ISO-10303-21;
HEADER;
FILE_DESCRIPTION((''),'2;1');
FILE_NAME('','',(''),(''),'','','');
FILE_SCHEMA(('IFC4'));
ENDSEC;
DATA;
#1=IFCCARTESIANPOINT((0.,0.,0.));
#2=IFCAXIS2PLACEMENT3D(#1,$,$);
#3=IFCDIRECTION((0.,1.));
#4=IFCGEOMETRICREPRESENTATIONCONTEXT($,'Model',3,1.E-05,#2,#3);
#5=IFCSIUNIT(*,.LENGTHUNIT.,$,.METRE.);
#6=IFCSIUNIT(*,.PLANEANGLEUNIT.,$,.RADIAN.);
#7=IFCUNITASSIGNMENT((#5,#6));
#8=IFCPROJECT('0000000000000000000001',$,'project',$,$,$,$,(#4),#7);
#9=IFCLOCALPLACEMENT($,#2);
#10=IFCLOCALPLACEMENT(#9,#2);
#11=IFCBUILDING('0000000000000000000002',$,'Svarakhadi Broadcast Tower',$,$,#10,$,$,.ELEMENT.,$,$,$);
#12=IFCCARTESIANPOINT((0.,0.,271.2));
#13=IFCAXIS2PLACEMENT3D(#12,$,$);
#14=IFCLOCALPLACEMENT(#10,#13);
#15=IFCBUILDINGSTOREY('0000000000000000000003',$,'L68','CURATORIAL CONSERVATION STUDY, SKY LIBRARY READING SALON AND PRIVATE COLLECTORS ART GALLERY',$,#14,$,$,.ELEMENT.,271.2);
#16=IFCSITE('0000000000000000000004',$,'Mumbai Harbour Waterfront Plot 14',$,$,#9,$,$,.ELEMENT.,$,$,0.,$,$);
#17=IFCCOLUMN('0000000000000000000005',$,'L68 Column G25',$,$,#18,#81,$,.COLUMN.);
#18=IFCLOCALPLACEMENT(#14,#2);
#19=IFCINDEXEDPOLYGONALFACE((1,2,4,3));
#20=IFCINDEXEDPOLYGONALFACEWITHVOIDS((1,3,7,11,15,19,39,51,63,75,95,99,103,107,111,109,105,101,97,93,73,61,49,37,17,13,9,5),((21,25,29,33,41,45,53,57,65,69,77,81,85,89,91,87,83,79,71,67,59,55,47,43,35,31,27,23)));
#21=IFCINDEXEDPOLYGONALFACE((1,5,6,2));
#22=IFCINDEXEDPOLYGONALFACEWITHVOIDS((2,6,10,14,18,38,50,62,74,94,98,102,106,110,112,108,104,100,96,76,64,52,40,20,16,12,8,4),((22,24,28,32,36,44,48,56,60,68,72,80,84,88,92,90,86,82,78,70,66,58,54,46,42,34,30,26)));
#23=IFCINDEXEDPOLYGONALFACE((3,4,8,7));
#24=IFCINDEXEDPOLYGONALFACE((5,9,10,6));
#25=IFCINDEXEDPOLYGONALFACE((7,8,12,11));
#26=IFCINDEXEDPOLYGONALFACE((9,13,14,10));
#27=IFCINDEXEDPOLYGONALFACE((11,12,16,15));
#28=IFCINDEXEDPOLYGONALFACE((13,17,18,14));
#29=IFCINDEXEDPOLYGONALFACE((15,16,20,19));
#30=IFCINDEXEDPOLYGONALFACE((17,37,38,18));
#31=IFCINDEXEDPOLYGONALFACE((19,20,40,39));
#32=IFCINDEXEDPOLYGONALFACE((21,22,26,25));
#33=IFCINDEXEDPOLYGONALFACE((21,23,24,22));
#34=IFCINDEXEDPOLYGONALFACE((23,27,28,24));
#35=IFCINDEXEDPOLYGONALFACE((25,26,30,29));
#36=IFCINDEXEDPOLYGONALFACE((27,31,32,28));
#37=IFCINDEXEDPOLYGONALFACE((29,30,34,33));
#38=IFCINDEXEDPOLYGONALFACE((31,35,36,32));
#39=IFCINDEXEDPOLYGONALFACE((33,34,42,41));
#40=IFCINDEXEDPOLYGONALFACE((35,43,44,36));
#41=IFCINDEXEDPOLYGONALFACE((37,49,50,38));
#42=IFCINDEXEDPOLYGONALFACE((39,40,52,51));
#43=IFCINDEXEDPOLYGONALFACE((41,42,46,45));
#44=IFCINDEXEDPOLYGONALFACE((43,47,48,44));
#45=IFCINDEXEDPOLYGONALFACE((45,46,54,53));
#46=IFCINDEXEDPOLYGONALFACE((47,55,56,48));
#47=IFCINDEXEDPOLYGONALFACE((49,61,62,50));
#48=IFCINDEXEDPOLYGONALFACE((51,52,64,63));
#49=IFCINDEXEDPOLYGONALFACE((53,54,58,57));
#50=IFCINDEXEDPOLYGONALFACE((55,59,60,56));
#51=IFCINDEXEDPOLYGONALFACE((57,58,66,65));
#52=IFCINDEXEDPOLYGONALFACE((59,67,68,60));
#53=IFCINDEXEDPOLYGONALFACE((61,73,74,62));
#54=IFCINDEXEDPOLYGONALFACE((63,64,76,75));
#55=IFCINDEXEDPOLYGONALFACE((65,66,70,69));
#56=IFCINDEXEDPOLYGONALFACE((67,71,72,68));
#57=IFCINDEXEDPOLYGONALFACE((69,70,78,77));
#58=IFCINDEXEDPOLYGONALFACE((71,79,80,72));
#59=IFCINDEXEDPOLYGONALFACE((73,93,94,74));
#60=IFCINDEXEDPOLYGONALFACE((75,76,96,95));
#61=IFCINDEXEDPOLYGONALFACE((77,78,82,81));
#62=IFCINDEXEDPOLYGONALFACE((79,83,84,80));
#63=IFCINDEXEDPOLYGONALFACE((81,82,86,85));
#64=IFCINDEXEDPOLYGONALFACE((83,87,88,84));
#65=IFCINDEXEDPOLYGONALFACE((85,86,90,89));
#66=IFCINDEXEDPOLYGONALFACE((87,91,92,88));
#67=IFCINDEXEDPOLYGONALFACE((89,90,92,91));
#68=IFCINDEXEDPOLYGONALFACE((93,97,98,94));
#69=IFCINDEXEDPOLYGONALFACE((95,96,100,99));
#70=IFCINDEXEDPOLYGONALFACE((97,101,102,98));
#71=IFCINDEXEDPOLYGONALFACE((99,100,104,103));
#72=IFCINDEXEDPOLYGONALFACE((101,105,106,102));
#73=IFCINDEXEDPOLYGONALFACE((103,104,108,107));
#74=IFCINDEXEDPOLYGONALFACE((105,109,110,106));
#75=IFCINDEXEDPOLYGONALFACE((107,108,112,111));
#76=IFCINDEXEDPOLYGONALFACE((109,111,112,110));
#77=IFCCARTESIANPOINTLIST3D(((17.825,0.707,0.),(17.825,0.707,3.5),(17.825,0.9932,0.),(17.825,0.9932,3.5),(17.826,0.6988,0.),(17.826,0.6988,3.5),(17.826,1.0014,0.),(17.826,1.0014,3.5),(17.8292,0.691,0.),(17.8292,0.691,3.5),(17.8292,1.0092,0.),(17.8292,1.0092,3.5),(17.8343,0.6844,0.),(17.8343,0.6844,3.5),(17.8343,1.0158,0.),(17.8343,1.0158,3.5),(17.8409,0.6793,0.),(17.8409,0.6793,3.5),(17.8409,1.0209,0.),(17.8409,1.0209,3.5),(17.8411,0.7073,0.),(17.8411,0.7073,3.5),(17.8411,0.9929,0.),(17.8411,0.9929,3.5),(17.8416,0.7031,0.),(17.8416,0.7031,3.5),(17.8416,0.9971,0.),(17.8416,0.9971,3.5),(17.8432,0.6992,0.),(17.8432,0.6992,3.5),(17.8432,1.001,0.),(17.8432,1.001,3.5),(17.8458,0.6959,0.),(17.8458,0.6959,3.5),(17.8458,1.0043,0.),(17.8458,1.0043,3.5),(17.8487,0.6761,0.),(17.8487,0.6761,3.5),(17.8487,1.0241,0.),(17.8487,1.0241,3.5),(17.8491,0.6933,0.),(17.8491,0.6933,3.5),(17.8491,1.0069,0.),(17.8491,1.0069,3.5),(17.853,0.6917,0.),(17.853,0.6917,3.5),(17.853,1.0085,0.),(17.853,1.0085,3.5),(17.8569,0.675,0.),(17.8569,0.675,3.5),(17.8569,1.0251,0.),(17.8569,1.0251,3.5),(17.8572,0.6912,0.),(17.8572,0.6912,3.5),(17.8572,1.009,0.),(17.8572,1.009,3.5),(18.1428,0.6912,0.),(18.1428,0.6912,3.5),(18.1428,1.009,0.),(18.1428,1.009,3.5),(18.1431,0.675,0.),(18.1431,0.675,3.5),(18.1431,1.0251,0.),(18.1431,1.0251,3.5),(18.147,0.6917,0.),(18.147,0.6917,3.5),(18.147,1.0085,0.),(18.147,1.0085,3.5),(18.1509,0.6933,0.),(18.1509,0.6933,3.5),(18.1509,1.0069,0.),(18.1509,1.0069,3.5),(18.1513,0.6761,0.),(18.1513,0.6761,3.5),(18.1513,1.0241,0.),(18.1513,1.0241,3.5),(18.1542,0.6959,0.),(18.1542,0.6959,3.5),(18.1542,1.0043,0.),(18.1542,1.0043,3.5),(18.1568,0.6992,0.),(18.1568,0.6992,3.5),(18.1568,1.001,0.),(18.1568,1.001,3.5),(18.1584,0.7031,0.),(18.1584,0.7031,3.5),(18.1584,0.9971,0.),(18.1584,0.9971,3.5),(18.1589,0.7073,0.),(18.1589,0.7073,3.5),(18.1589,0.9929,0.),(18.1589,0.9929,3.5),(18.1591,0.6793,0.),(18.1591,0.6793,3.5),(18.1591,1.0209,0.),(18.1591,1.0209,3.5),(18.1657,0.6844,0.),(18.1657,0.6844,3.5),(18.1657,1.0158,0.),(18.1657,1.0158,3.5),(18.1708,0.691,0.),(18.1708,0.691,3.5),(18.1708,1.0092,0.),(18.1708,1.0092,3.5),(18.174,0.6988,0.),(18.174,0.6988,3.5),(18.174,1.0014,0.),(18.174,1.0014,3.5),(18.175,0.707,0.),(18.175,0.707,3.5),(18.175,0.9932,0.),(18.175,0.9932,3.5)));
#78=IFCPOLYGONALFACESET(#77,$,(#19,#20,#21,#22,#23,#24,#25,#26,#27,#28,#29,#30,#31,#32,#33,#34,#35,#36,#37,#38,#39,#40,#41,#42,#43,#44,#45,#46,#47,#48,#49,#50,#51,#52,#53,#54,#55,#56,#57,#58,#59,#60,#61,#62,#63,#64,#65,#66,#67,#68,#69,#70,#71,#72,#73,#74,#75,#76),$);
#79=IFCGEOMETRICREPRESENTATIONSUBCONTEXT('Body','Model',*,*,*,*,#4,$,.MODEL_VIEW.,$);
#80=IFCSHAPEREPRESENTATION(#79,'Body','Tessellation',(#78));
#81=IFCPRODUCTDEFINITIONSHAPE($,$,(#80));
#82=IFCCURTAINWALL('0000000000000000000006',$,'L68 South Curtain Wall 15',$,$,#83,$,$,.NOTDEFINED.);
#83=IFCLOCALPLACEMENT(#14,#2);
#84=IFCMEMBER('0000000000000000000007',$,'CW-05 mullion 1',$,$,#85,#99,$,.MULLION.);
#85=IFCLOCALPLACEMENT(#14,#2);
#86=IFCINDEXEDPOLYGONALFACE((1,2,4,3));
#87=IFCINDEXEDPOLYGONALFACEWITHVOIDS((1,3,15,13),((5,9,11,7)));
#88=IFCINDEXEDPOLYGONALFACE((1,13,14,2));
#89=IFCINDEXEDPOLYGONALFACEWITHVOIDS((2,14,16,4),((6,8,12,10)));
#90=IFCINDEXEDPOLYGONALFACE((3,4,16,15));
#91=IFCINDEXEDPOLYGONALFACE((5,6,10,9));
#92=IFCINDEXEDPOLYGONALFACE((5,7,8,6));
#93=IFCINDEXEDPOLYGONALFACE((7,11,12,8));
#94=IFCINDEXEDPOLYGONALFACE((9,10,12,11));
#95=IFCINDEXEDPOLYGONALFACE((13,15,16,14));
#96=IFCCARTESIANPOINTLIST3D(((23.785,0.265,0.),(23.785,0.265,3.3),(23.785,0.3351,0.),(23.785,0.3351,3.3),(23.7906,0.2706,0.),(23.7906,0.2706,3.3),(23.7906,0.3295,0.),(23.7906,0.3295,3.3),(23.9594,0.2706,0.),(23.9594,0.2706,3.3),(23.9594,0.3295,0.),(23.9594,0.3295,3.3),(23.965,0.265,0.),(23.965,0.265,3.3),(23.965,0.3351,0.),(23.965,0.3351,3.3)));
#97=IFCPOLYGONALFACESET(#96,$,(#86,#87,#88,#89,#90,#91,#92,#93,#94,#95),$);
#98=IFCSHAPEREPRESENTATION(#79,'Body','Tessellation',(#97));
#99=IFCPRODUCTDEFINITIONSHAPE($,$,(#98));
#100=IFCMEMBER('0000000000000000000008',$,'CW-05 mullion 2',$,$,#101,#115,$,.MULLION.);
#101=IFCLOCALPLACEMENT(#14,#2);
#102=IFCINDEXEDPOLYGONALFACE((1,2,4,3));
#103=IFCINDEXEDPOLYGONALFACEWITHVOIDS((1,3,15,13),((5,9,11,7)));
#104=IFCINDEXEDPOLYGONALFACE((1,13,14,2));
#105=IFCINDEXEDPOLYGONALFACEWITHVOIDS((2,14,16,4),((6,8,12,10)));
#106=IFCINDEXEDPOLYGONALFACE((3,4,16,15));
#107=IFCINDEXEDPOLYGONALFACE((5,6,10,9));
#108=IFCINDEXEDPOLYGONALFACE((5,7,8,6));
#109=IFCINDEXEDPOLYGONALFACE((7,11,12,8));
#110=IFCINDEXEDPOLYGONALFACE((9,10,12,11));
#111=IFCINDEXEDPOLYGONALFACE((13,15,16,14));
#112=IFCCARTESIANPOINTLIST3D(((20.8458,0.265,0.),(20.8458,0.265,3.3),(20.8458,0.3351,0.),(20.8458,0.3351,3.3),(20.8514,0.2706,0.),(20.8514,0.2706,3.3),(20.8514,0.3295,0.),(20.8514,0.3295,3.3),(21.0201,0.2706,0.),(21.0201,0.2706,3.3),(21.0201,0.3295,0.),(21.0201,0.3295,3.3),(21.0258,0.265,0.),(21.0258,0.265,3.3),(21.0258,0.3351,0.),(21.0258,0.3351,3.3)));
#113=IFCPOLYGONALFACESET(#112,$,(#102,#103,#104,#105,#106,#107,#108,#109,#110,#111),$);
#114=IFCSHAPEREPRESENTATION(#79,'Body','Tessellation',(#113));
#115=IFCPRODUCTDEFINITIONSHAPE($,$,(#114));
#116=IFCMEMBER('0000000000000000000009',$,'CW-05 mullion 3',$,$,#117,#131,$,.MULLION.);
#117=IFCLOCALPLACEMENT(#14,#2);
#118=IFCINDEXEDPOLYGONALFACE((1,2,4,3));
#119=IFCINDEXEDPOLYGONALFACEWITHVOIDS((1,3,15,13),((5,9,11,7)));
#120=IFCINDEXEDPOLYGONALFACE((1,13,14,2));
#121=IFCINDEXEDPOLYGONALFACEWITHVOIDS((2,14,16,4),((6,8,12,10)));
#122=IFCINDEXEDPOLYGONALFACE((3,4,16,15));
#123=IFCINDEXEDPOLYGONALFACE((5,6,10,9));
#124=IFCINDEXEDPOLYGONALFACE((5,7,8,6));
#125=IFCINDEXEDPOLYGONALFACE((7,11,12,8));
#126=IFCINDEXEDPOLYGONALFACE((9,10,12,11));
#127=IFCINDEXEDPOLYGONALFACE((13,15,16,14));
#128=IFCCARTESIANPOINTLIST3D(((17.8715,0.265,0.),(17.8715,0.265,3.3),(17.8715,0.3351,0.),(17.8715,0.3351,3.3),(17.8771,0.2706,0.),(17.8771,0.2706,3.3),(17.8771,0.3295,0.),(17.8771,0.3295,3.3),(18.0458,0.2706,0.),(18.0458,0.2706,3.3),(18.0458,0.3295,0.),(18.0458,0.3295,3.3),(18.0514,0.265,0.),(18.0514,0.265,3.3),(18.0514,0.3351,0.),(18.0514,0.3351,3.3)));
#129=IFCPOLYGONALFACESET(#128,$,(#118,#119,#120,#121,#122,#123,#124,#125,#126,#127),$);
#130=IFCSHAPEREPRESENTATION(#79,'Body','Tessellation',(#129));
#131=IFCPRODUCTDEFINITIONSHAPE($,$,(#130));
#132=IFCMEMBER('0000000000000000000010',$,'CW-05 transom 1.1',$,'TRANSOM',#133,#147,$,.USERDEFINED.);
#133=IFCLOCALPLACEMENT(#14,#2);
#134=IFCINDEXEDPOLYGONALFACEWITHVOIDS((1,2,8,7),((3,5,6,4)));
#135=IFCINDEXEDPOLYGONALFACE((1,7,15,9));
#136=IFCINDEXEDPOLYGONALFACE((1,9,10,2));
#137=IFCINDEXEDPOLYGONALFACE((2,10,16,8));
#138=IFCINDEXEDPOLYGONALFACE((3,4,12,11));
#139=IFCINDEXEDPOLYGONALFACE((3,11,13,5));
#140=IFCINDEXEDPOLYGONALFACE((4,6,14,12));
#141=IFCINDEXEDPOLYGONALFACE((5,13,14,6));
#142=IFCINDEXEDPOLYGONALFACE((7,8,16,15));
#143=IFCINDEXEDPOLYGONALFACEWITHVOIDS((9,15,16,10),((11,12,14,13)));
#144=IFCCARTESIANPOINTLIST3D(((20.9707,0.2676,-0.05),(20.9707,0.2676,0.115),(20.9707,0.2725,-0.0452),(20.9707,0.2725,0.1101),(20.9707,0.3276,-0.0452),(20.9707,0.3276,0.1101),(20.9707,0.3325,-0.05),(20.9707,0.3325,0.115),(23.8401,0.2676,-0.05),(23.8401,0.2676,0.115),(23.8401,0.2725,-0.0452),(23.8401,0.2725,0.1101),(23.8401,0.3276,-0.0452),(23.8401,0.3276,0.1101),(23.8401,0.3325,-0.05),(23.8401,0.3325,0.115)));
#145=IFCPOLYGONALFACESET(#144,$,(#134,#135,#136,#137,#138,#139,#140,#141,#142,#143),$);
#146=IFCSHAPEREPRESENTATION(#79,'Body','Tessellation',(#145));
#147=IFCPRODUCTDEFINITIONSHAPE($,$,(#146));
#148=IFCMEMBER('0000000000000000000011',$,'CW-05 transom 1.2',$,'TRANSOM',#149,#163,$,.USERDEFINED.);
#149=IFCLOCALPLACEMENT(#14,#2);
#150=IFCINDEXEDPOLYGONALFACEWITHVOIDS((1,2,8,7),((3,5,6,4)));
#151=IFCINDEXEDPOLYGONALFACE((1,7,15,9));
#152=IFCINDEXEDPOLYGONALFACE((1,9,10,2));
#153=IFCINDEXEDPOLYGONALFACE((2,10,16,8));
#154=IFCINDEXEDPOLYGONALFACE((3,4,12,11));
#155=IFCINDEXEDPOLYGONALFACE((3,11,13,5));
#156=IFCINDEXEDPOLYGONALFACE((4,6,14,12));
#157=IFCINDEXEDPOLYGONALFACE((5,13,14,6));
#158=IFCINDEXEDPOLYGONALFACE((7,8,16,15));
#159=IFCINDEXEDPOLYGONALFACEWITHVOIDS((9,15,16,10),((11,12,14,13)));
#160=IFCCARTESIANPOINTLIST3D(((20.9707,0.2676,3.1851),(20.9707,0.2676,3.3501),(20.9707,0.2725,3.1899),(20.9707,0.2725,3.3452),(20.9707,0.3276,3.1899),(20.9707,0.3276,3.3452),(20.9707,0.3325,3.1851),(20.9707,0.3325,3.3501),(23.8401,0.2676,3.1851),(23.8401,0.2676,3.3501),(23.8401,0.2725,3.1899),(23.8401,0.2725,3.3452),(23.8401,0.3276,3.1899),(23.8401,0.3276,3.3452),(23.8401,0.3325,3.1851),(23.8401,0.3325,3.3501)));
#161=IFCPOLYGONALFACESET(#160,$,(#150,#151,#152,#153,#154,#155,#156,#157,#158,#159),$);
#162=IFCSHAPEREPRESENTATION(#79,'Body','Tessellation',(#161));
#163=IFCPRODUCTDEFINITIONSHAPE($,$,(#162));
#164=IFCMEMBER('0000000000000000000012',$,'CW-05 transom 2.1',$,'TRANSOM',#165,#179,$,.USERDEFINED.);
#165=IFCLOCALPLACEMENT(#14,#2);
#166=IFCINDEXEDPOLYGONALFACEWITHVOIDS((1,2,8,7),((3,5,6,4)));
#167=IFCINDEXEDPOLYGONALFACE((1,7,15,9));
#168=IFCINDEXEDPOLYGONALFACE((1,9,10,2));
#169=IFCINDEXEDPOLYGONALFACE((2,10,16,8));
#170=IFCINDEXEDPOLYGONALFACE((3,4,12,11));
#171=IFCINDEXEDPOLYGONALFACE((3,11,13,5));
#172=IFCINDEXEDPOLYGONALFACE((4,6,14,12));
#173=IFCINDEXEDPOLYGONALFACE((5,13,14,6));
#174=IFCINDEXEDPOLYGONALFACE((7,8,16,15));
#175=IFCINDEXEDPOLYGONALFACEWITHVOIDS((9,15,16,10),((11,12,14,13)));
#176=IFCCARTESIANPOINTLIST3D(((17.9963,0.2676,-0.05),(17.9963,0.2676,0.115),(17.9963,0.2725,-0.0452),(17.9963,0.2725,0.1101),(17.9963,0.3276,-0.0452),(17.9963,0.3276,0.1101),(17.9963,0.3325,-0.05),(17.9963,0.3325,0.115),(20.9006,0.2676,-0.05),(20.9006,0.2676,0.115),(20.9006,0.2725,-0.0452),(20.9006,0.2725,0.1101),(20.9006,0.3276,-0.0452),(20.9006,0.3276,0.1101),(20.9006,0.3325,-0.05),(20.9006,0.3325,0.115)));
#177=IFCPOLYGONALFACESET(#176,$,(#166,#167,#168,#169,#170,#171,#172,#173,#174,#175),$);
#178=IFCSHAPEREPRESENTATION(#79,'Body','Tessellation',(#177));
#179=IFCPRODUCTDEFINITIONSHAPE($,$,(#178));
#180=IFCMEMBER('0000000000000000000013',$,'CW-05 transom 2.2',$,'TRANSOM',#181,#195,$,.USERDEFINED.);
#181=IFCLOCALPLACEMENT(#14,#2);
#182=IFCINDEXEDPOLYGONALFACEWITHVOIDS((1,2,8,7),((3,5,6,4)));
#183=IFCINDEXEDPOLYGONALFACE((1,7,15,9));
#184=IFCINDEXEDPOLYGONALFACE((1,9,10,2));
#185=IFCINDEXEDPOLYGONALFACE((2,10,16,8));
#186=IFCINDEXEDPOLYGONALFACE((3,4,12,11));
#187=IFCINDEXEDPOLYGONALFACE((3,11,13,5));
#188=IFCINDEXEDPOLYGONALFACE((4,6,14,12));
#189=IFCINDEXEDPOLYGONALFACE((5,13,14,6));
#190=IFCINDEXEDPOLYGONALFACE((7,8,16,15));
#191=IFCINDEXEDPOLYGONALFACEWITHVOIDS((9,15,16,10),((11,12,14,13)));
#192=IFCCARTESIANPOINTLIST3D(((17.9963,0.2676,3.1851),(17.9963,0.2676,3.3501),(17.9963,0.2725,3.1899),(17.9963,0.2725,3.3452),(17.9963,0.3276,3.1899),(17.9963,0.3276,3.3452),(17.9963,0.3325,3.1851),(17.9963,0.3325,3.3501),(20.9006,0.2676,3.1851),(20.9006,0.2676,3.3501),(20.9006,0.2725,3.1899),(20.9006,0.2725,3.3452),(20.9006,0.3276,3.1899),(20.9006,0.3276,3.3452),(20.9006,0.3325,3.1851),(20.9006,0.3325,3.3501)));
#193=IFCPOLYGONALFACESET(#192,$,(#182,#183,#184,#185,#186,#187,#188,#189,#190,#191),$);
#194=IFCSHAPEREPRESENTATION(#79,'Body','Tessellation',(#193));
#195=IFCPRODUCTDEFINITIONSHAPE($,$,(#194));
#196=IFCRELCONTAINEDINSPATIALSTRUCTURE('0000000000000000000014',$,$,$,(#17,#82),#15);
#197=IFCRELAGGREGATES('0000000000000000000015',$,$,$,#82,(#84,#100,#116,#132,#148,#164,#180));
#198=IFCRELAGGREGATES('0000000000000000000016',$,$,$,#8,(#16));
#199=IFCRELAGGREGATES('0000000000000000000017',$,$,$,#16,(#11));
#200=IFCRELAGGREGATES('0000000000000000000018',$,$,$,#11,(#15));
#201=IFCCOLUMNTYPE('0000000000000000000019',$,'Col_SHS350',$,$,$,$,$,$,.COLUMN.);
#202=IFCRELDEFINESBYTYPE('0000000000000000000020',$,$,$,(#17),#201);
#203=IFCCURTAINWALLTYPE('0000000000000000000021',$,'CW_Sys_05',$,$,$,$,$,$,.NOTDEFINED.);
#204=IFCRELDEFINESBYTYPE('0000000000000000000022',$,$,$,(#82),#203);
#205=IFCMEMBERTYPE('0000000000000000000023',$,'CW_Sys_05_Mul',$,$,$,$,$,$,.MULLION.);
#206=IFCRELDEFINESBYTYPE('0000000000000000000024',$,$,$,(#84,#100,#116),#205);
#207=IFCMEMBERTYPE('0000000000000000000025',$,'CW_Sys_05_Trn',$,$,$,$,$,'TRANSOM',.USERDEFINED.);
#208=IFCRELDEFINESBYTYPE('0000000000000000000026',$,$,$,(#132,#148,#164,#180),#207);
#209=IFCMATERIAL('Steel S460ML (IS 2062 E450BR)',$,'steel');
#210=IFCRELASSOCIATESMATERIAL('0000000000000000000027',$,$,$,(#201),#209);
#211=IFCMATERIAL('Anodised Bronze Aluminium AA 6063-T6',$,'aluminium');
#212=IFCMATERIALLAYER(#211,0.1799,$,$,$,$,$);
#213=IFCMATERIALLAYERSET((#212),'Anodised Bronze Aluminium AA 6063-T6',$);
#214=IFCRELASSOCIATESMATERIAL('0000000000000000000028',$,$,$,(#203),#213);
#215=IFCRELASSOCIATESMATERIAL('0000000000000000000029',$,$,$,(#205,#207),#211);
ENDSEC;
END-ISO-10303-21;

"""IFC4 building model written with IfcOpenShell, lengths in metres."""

from ifc_helpers import new_model, si_unit, direction, frame, origin, origin_2d, place, context, subcontext, project, spatial, hollow_rectangle, extrude, material, layer, layer_set, material_profile, profile_set, type_object, element, aggregate, save


model = new_model("IFC4")

# Units and contexts
model_context = context("Model", 3, precision=1e-05, world=origin(), true_north=direction((0.0, 1.0)))
body_context = subcontext(model_context, "Body", "Model", "MODEL_VIEW")
ifc_project = project(units=[si_unit("LENGTHUNIT", "METRE"), si_unit("PLANEANGLEUNIT", "RADIAN")], contexts=[model_context])

# Site, building, storey
site_placement = place(None, origin())
site = spatial("IfcSite", under=ifc_project, at=site_placement, Name="Mumbai Harbour Waterfront Plot 14", CompositionType="ELEMENT", RefElevation=0.0)
building_placement = place(site_placement, origin())
building = spatial("IfcBuilding", under=site, at=building_placement, Name="Svarakhadi Broadcast Tower", CompositionType="ELEMENT")
storey_placement = place(building_placement, frame((0.0, 0.0, 271.2)))
storey = spatial("IfcBuildingStorey", under=building, at=storey_placement, Name="L68", Description="CURATORIAL CONSERVATION STUDY, SKY LIBRARY READING SALON AND PRIVATE COLLECTORS ART GALLERY", CompositionType="ELEMENT", Elevation=271.2)

# Column
ifc_material_1 = material(Name="Steel S460ML (IS 2062 E450BR)", Category="steel")
ifc_material_profile_1 = material_profile(ifc_material_1, hollow_rectangle(XDim=0.3501, YDim=0.3501, WallThickness=0.0161, InnerFilletRadius=0.0161, OuterFilletRadius=0.032, at=origin_2d()), Name="SHS 350x350x16")
ifc_profile_set_1 = profile_set([ifc_material_profile_1], Name="Steel S460ML (IS 2062 E450BR)")
column_type = type_object("IfcColumnType", Name="Col_SHS350", PredefinedType="COLUMN", material=ifc_profile_set_1)
column_placement = place(storey_placement, frame((18.0, 0.8501, 0.0), z_axis=(0.0, 0.0, 1.0), x_axis=(1.0, 0.0, 0.0)))
element("IfcColumn", 1, at=column_placement, inside=storey, type_object=column_type, Name="L68 Column G25", PredefinedType="COLUMN", context=body_context, shape_type="SweptSolid", body=[
    extrude(hollow_rectangle(XDim=0.3501, YDim=0.3501, WallThickness=0.0161, InnerFilletRadius=0.0161, OuterFilletRadius=0.032, at=origin_2d()), origin(), (0.0, 0.0, 1.0), 3.5),
])

# Curtain wall, members
ifc_material_2 = material(Name="Anodised Bronze Aluminium AA 6063-T6", Category="aluminium")
ifc_layer_1 = layer(ifc_material_2, 0.1799)
ifc_layer_set_1 = layer_set([ifc_layer_1], Name="Anodised Bronze Aluminium AA 6063-T6")
curtain_wall_type = type_object("IfcCurtainWallType", Name="CW_Sys_05", PredefinedType="NOTDEFINED", material=ifc_layer_set_1)
curtain_wall_placement = place(storey_placement, origin())
curtain_wall = element("IfcCurtainWall", 2, at=curtain_wall_placement, inside=storey, type_object=curtain_wall_type, Name="L68 South Curtain Wall 15", PredefinedType="NOTDEFINED")
ifc_material_profile_2 = material_profile(ifc_material_2, hollow_rectangle(XDim=0.0701, YDim=0.1799, WallThickness=0.0056, at=origin_2d()), Name="ALU MULLION 180x70x6")
ifc_profile_set_2 = profile_set([ifc_material_profile_2], Name="Anodised Bronze Aluminium AA 6063-T6")
member_type_1 = type_object("IfcMemberType", Name="CW_Sys_05_Mul", PredefinedType="MULLION", material=ifc_profile_set_2)
member_1_placement = place(storey_placement, frame((23.875, 0.3, 0.0), z_axis=(0.0, 0.0, 1.0), x_axis=(0.0, -1.0, 0.0)))
member_1 = element("IfcMember", 3, at=member_1_placement, type_object=member_type_1, Name="CW-05 mullion 1", PredefinedType="MULLION", context=body_context, shape_type="SweptSolid", body=[
    extrude(hollow_rectangle(XDim=0.0701, YDim=0.1799, WallThickness=0.0056, at=origin_2d()), origin(), (0.0, 0.0, 1.0), 3.3),
])
member_2_placement = place(storey_placement, frame((20.9358, 0.3, 0.0), z_axis=(0.0, 0.0, 1.0), x_axis=(0.0, -1.0, 0.0)))
member_2 = element("IfcMember", 4, at=member_2_placement, type_object=member_type_1, Name="CW-05 mullion 2", PredefinedType="MULLION", context=body_context, shape_type="SweptSolid", body=[
    extrude(hollow_rectangle(XDim=0.0701, YDim=0.1799, WallThickness=0.0056, at=origin_2d()), origin(), (0.0, 0.0, 1.0), 3.3),
])
member_3_placement = place(storey_placement, frame((17.9614, 0.3, 0.0), z_axis=(0.0, 0.0, 1.0), x_axis=(0.0, -1.0, 0.0)))
member_3 = element("IfcMember", 5, at=member_3_placement, type_object=member_type_1, Name="CW-05 mullion 3", PredefinedType="MULLION", context=body_context, shape_type="SweptSolid", body=[
    extrude(hollow_rectangle(XDim=0.0701, YDim=0.1799, WallThickness=0.0056, at=origin_2d()), origin(), (0.0, 0.0, 1.0), 3.3),
])
ifc_material_profile_3 = material_profile(ifc_material_2, hollow_rectangle(XDim=0.0649, YDim=0.165, WallThickness=0.0049, at=origin_2d()), Name="ALU TRANSOM 165x65x5")
ifc_profile_set_3 = profile_set([ifc_material_profile_3], Name="Anodised Bronze Aluminium AA 6063-T6")
member_type_2 = type_object("IfcMemberType", Name="CW_Sys_05_Trn", ElementType="TRANSOM", PredefinedType="USERDEFINED", material=ifc_profile_set_3)
member_4_placement = place(storey_placement, frame((23.8401, 0.3, 0.0325), z_axis=(-1.0, 0.0, 0.0), x_axis=(0.0, -1.0, 0.0)))
member_4 = element("IfcMember", 6, at=member_4_placement, type_object=member_type_2, Name="CW-05 transom 1.1", ObjectType="TRANSOM", PredefinedType="USERDEFINED", context=body_context, shape_type="SweptSolid", body=[
    extrude(hollow_rectangle(XDim=0.0649, YDim=0.165, WallThickness=0.0049, at=origin_2d()), origin(), (0.0, 0.0, 1.0), 2.8694),
])
member_5_placement = place(storey_placement, frame((23.8401, 0.3, 3.2676), z_axis=(-1.0, 0.0, 0.0), x_axis=(0.0, -1.0, 0.0)))
member_5 = element("IfcMember", 7, at=member_5_placement, type_object=member_type_2, Name="CW-05 transom 1.2", ObjectType="TRANSOM", PredefinedType="USERDEFINED", context=body_context, shape_type="SweptSolid", body=[
    extrude(hollow_rectangle(XDim=0.0649, YDim=0.165, WallThickness=0.0049, at=origin_2d()), origin(), (0.0, 0.0, 1.0), 2.8694),
])
member_6_placement = place(storey_placement, frame((20.9006, 0.3, 0.0325), z_axis=(-1.0, 0.0, 0.0), x_axis=(0.0, -1.0, 0.0)))
member_6 = element("IfcMember", 8, at=member_6_placement, type_object=member_type_2, Name="CW-05 transom 2.1", ObjectType="TRANSOM", PredefinedType="USERDEFINED", context=body_context, shape_type="SweptSolid", body=[
    extrude(hollow_rectangle(XDim=0.0649, YDim=0.165, WallThickness=0.0049, at=origin_2d()), origin(), (0.0, 0.0, 1.0), 2.9043),
])
member_7_placement = place(storey_placement, frame((20.9006, 0.3, 3.2676), z_axis=(-1.0, 0.0, 0.0), x_axis=(0.0, -1.0, 0.0)))
member_7 = element("IfcMember", 9, at=member_7_placement, type_object=member_type_2, Name="CW-05 transom 2.2", ObjectType="TRANSOM", PredefinedType="USERDEFINED", context=body_context, shape_type="SweptSolid", body=[
    extrude(hollow_rectangle(XDim=0.0649, YDim=0.165, WallThickness=0.0049, at=origin_2d()), origin(), (0.0, 0.0, 1.0), 2.9043),
])

aggregate(curtain_wall, [member_1, member_2, member_3, member_4, member_5, member_6, member_7])

save(model, "model.ifc")
